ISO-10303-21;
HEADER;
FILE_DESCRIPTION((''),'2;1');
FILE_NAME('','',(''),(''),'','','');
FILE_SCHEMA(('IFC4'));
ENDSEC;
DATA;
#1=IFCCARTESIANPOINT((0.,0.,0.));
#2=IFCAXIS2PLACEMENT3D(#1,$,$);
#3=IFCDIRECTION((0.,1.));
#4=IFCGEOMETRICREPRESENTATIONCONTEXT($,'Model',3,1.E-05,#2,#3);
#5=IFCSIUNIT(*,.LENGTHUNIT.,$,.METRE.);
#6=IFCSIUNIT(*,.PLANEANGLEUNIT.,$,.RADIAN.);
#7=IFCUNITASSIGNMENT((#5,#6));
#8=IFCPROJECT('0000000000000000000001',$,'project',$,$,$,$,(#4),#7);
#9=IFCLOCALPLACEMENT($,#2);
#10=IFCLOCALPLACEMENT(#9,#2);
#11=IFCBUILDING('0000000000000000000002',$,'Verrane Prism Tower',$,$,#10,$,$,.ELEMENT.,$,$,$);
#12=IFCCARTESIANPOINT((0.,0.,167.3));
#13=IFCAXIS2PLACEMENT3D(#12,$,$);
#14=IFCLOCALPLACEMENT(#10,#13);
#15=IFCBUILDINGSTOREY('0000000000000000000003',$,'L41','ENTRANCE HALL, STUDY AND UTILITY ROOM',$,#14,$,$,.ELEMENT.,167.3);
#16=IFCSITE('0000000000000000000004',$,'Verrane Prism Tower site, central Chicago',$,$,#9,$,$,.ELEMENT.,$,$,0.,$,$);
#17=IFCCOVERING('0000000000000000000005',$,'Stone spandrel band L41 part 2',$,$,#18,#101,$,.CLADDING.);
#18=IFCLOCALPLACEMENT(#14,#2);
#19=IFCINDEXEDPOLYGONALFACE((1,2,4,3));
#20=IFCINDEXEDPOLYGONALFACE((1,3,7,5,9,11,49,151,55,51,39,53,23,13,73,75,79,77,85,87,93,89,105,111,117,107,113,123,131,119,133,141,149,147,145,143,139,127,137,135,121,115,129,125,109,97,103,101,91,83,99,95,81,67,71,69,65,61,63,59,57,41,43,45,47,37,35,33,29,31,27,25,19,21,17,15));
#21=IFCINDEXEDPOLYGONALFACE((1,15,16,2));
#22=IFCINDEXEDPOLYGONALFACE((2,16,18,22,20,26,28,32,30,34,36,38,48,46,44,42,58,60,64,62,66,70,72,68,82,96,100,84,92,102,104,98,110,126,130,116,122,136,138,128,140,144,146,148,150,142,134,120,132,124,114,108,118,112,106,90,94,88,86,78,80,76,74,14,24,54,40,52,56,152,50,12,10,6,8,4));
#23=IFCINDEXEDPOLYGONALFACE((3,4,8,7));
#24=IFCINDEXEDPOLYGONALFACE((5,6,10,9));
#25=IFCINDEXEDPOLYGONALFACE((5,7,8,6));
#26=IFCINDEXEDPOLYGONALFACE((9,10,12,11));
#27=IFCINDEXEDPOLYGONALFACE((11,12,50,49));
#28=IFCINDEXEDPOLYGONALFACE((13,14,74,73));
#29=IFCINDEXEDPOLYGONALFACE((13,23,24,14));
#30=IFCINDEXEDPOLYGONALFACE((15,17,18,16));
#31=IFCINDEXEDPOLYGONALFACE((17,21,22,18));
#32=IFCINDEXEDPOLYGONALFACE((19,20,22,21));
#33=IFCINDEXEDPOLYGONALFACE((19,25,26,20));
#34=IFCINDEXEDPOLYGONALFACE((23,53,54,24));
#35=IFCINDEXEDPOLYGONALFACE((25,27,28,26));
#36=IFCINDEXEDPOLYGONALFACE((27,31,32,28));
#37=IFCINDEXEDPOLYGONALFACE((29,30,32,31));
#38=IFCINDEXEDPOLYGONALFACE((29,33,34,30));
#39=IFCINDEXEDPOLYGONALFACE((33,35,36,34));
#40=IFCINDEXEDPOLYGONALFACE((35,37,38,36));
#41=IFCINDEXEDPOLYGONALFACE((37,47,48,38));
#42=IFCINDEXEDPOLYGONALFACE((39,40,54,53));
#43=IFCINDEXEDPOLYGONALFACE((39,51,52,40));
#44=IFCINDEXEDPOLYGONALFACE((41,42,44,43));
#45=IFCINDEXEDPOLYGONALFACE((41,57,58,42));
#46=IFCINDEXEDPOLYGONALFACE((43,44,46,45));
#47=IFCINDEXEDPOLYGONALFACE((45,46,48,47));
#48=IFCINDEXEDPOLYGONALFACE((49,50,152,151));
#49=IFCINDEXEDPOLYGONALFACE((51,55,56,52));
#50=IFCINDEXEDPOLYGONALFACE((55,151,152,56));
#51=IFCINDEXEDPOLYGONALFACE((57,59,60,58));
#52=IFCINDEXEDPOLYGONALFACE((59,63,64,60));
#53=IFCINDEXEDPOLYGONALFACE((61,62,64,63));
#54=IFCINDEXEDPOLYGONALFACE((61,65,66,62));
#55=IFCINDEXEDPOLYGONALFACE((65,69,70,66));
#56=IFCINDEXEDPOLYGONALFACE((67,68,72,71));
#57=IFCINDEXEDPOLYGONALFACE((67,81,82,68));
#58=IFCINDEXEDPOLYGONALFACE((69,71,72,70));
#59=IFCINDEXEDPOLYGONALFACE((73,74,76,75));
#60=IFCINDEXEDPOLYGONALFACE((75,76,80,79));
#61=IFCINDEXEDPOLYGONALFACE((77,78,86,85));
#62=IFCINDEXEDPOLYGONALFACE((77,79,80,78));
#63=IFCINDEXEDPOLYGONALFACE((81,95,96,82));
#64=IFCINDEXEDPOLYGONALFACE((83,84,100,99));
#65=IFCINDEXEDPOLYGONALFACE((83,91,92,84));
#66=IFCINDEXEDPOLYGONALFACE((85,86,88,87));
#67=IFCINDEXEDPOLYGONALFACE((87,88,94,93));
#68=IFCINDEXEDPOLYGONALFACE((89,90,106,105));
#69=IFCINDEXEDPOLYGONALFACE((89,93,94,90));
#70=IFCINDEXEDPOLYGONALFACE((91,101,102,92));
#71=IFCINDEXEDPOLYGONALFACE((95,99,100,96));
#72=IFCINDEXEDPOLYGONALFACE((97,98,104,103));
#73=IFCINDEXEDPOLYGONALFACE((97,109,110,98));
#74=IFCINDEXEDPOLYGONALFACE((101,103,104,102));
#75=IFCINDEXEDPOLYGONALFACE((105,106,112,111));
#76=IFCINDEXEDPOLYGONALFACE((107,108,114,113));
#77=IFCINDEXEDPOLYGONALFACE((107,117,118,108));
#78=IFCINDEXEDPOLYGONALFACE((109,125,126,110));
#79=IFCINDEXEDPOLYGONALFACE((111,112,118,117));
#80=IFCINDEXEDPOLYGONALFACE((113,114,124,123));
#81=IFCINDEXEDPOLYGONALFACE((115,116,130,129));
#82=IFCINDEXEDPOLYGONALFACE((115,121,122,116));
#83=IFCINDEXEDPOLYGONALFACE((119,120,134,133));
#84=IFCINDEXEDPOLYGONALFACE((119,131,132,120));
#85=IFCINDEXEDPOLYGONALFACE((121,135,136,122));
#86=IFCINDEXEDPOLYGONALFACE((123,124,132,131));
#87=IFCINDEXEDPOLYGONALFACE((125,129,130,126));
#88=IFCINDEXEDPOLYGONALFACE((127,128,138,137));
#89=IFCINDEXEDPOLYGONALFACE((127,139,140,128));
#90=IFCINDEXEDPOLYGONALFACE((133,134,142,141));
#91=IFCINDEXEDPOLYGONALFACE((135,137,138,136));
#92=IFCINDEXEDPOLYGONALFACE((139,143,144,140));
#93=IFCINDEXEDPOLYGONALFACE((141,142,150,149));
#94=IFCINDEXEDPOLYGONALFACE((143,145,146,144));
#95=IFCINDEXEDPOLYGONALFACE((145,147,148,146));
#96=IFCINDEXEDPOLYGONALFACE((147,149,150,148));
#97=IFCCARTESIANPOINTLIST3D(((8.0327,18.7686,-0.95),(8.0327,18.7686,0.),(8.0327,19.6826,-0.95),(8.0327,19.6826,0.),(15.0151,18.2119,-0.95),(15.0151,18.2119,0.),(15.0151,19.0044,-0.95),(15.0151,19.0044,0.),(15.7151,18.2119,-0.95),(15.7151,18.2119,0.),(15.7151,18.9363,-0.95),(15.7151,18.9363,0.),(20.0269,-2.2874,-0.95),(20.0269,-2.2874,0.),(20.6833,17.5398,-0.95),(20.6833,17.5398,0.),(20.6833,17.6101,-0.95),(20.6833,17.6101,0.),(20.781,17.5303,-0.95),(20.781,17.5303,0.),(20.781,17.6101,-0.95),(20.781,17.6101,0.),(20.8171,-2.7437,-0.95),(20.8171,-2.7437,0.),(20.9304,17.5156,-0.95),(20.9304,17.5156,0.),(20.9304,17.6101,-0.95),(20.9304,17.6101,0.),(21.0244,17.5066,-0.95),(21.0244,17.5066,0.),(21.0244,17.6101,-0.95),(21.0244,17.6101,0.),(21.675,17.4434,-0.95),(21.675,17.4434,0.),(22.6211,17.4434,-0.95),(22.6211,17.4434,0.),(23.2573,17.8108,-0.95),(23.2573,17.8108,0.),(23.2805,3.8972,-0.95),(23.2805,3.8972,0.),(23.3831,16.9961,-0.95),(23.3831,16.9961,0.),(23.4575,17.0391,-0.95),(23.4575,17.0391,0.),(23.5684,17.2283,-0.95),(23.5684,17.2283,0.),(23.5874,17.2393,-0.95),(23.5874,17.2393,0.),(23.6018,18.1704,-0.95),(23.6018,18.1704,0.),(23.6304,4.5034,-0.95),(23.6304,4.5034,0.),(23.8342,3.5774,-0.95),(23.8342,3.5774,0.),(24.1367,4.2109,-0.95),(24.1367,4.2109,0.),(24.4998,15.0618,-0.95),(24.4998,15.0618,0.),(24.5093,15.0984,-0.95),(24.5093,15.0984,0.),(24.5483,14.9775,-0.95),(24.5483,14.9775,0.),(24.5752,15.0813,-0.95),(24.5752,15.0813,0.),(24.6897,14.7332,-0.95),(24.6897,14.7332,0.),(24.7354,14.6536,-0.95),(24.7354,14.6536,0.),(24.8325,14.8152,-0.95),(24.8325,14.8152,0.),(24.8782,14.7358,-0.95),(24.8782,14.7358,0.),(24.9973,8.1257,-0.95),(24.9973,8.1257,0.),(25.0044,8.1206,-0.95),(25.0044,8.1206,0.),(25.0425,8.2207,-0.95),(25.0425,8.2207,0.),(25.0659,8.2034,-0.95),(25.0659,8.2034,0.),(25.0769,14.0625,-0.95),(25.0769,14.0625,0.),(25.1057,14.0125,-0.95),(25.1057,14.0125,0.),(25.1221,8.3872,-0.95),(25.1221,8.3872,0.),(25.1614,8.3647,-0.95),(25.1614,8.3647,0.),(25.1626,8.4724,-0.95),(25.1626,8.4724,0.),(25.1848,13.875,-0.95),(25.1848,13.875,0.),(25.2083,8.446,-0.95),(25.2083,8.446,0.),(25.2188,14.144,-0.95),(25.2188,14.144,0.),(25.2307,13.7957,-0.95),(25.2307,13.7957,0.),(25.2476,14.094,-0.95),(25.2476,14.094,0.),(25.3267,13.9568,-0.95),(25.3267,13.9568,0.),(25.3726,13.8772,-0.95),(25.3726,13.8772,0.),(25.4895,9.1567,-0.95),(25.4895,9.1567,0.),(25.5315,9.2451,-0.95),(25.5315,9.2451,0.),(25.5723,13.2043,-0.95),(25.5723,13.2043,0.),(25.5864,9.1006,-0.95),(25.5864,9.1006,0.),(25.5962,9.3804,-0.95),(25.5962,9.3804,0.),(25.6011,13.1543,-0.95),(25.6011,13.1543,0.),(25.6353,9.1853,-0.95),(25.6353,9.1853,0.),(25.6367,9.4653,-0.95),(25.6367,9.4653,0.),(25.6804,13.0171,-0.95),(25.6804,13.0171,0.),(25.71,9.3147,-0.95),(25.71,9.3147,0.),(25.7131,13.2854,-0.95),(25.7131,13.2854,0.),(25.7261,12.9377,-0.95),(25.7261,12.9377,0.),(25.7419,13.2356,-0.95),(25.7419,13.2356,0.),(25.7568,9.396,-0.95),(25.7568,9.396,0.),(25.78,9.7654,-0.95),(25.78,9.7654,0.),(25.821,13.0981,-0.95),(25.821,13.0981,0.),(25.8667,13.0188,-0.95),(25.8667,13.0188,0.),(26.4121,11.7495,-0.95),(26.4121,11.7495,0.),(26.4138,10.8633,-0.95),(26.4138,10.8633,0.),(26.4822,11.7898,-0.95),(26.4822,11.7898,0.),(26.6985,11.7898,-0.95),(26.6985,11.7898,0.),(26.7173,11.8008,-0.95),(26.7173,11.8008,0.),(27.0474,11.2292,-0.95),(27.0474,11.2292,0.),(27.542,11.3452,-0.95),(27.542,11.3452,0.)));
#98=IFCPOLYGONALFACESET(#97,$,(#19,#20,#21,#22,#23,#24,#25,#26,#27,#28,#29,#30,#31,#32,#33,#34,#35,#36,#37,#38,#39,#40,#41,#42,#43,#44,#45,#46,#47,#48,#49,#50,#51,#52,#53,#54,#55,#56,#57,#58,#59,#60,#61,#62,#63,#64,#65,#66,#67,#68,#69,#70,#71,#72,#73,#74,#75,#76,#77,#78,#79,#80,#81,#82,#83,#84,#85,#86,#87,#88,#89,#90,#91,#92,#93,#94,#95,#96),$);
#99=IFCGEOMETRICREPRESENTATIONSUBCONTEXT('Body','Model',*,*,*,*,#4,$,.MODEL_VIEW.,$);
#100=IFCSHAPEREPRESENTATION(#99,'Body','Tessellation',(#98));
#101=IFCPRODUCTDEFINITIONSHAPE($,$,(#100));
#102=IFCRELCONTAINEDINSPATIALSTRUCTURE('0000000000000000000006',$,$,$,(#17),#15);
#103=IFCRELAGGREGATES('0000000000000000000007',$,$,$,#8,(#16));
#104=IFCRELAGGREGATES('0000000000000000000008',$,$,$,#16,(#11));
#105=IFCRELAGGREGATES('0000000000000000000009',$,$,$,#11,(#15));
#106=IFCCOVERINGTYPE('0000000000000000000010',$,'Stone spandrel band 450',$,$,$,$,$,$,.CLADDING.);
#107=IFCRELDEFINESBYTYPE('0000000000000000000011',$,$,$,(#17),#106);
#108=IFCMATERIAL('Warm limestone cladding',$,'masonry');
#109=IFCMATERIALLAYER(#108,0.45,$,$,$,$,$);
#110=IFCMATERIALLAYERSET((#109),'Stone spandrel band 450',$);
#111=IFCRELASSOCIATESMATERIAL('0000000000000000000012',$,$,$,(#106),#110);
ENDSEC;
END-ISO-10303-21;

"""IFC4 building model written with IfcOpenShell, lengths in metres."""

from ifc_helpers import new_model, si_unit, direction, frame, origin, place, context, subcontext, project, spatial, polyline, outline, extrude, material, layer, layer_set, type_object, element, save


model = new_model("IFC4")

# Units and contexts
model_context = context("Model", 3, precision=1e-05, world=origin(), true_north=direction((0.0, 1.0)))
body_context = subcontext(model_context, "Body", "Model", "MODEL_VIEW")
ifc_project = project(units=[si_unit("LENGTHUNIT", "METRE"), si_unit("PLANEANGLEUNIT", "RADIAN")], contexts=[model_context])

# Site, building, storey
site_placement = place(None, origin())
site = spatial("IfcSite", under=ifc_project, at=site_placement, Name="Verrane Prism Tower site, central Chicago", CompositionType="ELEMENT", RefElevation=0.0)
building_placement = place(site_placement, origin())
building = spatial("IfcBuilding", under=site, at=building_placement, Name="Verrane Prism Tower", CompositionType="ELEMENT")
storey_placement = place(building_placement, frame((0.0, 0.0, 167.3)))
storey = spatial("IfcBuildingStorey", under=building, at=storey_placement, Name="L41", Description="ENTRANCE HALL, STUDY AND UTILITY ROOM", CompositionType="ELEMENT", Elevation=167.3)

# Covering
ifc_material_1 = material(Name="Warm limestone cladding", Category="masonry")
ifc_layer_1 = layer(ifc_material_1, 0.45)
ifc_layer_set_1 = layer_set([ifc_layer_1], Name="Stone spandrel band 450")
covering_type = type_object("IfcCoveringType", Name="Stone spandrel band 450", PredefinedType="CLADDING", material=ifc_layer_set_1)
covering_1_placement = place(storey_placement, frame((0.0, 0.0, -0.95)))
element("IfcCovering", 1, at=covering_1_placement, inside=storey, type_object=covering_type, Name="Stone spandrel band L41 part 2", PredefinedType="CLADDING", context=body_context, shape_type="SweptSolid", body=[
    extrude(outline(polyline([(8.0327, 19.6826), (8.0327, 18.7686), (20.6833, 17.5398), (20.6833, 17.6101), (20.781, 17.6101), (20.781, 17.5303), (20.9304, 17.5156), (20.9304, 17.6101), (21.0244, 17.6101), (21.0244, 17.5066), (21.675, 17.4434), (22.6211, 17.4434), (23.2573, 17.8108), (23.5874, 17.2393), (23.5684, 17.2283), (23.4575, 17.0391), (23.3831, 16.9961), (24.4998, 15.0618), (24.5093, 15.0984), (24.5752, 15.0813), (24.5483, 14.9775), (24.6897, 14.7332), (24.8325, 14.8152), (24.8782, 14.7358), (24.7354, 14.6536), (25.0769, 14.0625), (25.2188, 14.144), (25.2476, 14.094), (25.1057, 14.0125), (25.1848, 13.875), (25.3267, 13.9568), (25.3726, 13.8772), (25.2307, 13.7957), (25.5723, 13.2043), (25.7131, 13.2854), (25.7419, 13.2356), (25.6011, 13.1543), (25.6804, 13.0171), (25.821, 13.0981), (25.8667, 13.0188), (25.7261, 12.9377), (26.4121, 11.7495), (26.4822, 11.7898), (26.6985, 11.7898), (26.7173, 11.8008), (27.0474, 11.2292), (26.4138, 10.8633), (25.78, 9.7654), (25.6367, 9.4653), (25.7568, 9.396), (25.71, 9.3147), (25.5962, 9.3804), (25.5315, 9.2451), (25.6353, 9.1853), (25.5864, 9.1006), (25.4895, 9.1567), (25.1626, 8.4724), (25.2083, 8.446), (25.1614, 8.3647), (25.1221, 8.3872), (25.0425, 8.2207), (25.0659, 8.2034), (25.0044, 8.1206), (24.9973, 8.1257), (20.0269, -2.2874), (20.8171, -2.7437), (23.8342, 3.5774), (23.2805, 3.8972), (23.6304, 4.5034), (24.1367, 4.2109), (27.542, 11.3452), (23.6018, 18.1704), (15.7151, 18.9363), (15.7151, 18.2119), (15.0151, 18.2119), (15.0151, 19.0044), (8.0327, 19.6826)])), origin(), (0.0, 0.0, 1.0), 0.95),
])

save(model, "model.ifc")
